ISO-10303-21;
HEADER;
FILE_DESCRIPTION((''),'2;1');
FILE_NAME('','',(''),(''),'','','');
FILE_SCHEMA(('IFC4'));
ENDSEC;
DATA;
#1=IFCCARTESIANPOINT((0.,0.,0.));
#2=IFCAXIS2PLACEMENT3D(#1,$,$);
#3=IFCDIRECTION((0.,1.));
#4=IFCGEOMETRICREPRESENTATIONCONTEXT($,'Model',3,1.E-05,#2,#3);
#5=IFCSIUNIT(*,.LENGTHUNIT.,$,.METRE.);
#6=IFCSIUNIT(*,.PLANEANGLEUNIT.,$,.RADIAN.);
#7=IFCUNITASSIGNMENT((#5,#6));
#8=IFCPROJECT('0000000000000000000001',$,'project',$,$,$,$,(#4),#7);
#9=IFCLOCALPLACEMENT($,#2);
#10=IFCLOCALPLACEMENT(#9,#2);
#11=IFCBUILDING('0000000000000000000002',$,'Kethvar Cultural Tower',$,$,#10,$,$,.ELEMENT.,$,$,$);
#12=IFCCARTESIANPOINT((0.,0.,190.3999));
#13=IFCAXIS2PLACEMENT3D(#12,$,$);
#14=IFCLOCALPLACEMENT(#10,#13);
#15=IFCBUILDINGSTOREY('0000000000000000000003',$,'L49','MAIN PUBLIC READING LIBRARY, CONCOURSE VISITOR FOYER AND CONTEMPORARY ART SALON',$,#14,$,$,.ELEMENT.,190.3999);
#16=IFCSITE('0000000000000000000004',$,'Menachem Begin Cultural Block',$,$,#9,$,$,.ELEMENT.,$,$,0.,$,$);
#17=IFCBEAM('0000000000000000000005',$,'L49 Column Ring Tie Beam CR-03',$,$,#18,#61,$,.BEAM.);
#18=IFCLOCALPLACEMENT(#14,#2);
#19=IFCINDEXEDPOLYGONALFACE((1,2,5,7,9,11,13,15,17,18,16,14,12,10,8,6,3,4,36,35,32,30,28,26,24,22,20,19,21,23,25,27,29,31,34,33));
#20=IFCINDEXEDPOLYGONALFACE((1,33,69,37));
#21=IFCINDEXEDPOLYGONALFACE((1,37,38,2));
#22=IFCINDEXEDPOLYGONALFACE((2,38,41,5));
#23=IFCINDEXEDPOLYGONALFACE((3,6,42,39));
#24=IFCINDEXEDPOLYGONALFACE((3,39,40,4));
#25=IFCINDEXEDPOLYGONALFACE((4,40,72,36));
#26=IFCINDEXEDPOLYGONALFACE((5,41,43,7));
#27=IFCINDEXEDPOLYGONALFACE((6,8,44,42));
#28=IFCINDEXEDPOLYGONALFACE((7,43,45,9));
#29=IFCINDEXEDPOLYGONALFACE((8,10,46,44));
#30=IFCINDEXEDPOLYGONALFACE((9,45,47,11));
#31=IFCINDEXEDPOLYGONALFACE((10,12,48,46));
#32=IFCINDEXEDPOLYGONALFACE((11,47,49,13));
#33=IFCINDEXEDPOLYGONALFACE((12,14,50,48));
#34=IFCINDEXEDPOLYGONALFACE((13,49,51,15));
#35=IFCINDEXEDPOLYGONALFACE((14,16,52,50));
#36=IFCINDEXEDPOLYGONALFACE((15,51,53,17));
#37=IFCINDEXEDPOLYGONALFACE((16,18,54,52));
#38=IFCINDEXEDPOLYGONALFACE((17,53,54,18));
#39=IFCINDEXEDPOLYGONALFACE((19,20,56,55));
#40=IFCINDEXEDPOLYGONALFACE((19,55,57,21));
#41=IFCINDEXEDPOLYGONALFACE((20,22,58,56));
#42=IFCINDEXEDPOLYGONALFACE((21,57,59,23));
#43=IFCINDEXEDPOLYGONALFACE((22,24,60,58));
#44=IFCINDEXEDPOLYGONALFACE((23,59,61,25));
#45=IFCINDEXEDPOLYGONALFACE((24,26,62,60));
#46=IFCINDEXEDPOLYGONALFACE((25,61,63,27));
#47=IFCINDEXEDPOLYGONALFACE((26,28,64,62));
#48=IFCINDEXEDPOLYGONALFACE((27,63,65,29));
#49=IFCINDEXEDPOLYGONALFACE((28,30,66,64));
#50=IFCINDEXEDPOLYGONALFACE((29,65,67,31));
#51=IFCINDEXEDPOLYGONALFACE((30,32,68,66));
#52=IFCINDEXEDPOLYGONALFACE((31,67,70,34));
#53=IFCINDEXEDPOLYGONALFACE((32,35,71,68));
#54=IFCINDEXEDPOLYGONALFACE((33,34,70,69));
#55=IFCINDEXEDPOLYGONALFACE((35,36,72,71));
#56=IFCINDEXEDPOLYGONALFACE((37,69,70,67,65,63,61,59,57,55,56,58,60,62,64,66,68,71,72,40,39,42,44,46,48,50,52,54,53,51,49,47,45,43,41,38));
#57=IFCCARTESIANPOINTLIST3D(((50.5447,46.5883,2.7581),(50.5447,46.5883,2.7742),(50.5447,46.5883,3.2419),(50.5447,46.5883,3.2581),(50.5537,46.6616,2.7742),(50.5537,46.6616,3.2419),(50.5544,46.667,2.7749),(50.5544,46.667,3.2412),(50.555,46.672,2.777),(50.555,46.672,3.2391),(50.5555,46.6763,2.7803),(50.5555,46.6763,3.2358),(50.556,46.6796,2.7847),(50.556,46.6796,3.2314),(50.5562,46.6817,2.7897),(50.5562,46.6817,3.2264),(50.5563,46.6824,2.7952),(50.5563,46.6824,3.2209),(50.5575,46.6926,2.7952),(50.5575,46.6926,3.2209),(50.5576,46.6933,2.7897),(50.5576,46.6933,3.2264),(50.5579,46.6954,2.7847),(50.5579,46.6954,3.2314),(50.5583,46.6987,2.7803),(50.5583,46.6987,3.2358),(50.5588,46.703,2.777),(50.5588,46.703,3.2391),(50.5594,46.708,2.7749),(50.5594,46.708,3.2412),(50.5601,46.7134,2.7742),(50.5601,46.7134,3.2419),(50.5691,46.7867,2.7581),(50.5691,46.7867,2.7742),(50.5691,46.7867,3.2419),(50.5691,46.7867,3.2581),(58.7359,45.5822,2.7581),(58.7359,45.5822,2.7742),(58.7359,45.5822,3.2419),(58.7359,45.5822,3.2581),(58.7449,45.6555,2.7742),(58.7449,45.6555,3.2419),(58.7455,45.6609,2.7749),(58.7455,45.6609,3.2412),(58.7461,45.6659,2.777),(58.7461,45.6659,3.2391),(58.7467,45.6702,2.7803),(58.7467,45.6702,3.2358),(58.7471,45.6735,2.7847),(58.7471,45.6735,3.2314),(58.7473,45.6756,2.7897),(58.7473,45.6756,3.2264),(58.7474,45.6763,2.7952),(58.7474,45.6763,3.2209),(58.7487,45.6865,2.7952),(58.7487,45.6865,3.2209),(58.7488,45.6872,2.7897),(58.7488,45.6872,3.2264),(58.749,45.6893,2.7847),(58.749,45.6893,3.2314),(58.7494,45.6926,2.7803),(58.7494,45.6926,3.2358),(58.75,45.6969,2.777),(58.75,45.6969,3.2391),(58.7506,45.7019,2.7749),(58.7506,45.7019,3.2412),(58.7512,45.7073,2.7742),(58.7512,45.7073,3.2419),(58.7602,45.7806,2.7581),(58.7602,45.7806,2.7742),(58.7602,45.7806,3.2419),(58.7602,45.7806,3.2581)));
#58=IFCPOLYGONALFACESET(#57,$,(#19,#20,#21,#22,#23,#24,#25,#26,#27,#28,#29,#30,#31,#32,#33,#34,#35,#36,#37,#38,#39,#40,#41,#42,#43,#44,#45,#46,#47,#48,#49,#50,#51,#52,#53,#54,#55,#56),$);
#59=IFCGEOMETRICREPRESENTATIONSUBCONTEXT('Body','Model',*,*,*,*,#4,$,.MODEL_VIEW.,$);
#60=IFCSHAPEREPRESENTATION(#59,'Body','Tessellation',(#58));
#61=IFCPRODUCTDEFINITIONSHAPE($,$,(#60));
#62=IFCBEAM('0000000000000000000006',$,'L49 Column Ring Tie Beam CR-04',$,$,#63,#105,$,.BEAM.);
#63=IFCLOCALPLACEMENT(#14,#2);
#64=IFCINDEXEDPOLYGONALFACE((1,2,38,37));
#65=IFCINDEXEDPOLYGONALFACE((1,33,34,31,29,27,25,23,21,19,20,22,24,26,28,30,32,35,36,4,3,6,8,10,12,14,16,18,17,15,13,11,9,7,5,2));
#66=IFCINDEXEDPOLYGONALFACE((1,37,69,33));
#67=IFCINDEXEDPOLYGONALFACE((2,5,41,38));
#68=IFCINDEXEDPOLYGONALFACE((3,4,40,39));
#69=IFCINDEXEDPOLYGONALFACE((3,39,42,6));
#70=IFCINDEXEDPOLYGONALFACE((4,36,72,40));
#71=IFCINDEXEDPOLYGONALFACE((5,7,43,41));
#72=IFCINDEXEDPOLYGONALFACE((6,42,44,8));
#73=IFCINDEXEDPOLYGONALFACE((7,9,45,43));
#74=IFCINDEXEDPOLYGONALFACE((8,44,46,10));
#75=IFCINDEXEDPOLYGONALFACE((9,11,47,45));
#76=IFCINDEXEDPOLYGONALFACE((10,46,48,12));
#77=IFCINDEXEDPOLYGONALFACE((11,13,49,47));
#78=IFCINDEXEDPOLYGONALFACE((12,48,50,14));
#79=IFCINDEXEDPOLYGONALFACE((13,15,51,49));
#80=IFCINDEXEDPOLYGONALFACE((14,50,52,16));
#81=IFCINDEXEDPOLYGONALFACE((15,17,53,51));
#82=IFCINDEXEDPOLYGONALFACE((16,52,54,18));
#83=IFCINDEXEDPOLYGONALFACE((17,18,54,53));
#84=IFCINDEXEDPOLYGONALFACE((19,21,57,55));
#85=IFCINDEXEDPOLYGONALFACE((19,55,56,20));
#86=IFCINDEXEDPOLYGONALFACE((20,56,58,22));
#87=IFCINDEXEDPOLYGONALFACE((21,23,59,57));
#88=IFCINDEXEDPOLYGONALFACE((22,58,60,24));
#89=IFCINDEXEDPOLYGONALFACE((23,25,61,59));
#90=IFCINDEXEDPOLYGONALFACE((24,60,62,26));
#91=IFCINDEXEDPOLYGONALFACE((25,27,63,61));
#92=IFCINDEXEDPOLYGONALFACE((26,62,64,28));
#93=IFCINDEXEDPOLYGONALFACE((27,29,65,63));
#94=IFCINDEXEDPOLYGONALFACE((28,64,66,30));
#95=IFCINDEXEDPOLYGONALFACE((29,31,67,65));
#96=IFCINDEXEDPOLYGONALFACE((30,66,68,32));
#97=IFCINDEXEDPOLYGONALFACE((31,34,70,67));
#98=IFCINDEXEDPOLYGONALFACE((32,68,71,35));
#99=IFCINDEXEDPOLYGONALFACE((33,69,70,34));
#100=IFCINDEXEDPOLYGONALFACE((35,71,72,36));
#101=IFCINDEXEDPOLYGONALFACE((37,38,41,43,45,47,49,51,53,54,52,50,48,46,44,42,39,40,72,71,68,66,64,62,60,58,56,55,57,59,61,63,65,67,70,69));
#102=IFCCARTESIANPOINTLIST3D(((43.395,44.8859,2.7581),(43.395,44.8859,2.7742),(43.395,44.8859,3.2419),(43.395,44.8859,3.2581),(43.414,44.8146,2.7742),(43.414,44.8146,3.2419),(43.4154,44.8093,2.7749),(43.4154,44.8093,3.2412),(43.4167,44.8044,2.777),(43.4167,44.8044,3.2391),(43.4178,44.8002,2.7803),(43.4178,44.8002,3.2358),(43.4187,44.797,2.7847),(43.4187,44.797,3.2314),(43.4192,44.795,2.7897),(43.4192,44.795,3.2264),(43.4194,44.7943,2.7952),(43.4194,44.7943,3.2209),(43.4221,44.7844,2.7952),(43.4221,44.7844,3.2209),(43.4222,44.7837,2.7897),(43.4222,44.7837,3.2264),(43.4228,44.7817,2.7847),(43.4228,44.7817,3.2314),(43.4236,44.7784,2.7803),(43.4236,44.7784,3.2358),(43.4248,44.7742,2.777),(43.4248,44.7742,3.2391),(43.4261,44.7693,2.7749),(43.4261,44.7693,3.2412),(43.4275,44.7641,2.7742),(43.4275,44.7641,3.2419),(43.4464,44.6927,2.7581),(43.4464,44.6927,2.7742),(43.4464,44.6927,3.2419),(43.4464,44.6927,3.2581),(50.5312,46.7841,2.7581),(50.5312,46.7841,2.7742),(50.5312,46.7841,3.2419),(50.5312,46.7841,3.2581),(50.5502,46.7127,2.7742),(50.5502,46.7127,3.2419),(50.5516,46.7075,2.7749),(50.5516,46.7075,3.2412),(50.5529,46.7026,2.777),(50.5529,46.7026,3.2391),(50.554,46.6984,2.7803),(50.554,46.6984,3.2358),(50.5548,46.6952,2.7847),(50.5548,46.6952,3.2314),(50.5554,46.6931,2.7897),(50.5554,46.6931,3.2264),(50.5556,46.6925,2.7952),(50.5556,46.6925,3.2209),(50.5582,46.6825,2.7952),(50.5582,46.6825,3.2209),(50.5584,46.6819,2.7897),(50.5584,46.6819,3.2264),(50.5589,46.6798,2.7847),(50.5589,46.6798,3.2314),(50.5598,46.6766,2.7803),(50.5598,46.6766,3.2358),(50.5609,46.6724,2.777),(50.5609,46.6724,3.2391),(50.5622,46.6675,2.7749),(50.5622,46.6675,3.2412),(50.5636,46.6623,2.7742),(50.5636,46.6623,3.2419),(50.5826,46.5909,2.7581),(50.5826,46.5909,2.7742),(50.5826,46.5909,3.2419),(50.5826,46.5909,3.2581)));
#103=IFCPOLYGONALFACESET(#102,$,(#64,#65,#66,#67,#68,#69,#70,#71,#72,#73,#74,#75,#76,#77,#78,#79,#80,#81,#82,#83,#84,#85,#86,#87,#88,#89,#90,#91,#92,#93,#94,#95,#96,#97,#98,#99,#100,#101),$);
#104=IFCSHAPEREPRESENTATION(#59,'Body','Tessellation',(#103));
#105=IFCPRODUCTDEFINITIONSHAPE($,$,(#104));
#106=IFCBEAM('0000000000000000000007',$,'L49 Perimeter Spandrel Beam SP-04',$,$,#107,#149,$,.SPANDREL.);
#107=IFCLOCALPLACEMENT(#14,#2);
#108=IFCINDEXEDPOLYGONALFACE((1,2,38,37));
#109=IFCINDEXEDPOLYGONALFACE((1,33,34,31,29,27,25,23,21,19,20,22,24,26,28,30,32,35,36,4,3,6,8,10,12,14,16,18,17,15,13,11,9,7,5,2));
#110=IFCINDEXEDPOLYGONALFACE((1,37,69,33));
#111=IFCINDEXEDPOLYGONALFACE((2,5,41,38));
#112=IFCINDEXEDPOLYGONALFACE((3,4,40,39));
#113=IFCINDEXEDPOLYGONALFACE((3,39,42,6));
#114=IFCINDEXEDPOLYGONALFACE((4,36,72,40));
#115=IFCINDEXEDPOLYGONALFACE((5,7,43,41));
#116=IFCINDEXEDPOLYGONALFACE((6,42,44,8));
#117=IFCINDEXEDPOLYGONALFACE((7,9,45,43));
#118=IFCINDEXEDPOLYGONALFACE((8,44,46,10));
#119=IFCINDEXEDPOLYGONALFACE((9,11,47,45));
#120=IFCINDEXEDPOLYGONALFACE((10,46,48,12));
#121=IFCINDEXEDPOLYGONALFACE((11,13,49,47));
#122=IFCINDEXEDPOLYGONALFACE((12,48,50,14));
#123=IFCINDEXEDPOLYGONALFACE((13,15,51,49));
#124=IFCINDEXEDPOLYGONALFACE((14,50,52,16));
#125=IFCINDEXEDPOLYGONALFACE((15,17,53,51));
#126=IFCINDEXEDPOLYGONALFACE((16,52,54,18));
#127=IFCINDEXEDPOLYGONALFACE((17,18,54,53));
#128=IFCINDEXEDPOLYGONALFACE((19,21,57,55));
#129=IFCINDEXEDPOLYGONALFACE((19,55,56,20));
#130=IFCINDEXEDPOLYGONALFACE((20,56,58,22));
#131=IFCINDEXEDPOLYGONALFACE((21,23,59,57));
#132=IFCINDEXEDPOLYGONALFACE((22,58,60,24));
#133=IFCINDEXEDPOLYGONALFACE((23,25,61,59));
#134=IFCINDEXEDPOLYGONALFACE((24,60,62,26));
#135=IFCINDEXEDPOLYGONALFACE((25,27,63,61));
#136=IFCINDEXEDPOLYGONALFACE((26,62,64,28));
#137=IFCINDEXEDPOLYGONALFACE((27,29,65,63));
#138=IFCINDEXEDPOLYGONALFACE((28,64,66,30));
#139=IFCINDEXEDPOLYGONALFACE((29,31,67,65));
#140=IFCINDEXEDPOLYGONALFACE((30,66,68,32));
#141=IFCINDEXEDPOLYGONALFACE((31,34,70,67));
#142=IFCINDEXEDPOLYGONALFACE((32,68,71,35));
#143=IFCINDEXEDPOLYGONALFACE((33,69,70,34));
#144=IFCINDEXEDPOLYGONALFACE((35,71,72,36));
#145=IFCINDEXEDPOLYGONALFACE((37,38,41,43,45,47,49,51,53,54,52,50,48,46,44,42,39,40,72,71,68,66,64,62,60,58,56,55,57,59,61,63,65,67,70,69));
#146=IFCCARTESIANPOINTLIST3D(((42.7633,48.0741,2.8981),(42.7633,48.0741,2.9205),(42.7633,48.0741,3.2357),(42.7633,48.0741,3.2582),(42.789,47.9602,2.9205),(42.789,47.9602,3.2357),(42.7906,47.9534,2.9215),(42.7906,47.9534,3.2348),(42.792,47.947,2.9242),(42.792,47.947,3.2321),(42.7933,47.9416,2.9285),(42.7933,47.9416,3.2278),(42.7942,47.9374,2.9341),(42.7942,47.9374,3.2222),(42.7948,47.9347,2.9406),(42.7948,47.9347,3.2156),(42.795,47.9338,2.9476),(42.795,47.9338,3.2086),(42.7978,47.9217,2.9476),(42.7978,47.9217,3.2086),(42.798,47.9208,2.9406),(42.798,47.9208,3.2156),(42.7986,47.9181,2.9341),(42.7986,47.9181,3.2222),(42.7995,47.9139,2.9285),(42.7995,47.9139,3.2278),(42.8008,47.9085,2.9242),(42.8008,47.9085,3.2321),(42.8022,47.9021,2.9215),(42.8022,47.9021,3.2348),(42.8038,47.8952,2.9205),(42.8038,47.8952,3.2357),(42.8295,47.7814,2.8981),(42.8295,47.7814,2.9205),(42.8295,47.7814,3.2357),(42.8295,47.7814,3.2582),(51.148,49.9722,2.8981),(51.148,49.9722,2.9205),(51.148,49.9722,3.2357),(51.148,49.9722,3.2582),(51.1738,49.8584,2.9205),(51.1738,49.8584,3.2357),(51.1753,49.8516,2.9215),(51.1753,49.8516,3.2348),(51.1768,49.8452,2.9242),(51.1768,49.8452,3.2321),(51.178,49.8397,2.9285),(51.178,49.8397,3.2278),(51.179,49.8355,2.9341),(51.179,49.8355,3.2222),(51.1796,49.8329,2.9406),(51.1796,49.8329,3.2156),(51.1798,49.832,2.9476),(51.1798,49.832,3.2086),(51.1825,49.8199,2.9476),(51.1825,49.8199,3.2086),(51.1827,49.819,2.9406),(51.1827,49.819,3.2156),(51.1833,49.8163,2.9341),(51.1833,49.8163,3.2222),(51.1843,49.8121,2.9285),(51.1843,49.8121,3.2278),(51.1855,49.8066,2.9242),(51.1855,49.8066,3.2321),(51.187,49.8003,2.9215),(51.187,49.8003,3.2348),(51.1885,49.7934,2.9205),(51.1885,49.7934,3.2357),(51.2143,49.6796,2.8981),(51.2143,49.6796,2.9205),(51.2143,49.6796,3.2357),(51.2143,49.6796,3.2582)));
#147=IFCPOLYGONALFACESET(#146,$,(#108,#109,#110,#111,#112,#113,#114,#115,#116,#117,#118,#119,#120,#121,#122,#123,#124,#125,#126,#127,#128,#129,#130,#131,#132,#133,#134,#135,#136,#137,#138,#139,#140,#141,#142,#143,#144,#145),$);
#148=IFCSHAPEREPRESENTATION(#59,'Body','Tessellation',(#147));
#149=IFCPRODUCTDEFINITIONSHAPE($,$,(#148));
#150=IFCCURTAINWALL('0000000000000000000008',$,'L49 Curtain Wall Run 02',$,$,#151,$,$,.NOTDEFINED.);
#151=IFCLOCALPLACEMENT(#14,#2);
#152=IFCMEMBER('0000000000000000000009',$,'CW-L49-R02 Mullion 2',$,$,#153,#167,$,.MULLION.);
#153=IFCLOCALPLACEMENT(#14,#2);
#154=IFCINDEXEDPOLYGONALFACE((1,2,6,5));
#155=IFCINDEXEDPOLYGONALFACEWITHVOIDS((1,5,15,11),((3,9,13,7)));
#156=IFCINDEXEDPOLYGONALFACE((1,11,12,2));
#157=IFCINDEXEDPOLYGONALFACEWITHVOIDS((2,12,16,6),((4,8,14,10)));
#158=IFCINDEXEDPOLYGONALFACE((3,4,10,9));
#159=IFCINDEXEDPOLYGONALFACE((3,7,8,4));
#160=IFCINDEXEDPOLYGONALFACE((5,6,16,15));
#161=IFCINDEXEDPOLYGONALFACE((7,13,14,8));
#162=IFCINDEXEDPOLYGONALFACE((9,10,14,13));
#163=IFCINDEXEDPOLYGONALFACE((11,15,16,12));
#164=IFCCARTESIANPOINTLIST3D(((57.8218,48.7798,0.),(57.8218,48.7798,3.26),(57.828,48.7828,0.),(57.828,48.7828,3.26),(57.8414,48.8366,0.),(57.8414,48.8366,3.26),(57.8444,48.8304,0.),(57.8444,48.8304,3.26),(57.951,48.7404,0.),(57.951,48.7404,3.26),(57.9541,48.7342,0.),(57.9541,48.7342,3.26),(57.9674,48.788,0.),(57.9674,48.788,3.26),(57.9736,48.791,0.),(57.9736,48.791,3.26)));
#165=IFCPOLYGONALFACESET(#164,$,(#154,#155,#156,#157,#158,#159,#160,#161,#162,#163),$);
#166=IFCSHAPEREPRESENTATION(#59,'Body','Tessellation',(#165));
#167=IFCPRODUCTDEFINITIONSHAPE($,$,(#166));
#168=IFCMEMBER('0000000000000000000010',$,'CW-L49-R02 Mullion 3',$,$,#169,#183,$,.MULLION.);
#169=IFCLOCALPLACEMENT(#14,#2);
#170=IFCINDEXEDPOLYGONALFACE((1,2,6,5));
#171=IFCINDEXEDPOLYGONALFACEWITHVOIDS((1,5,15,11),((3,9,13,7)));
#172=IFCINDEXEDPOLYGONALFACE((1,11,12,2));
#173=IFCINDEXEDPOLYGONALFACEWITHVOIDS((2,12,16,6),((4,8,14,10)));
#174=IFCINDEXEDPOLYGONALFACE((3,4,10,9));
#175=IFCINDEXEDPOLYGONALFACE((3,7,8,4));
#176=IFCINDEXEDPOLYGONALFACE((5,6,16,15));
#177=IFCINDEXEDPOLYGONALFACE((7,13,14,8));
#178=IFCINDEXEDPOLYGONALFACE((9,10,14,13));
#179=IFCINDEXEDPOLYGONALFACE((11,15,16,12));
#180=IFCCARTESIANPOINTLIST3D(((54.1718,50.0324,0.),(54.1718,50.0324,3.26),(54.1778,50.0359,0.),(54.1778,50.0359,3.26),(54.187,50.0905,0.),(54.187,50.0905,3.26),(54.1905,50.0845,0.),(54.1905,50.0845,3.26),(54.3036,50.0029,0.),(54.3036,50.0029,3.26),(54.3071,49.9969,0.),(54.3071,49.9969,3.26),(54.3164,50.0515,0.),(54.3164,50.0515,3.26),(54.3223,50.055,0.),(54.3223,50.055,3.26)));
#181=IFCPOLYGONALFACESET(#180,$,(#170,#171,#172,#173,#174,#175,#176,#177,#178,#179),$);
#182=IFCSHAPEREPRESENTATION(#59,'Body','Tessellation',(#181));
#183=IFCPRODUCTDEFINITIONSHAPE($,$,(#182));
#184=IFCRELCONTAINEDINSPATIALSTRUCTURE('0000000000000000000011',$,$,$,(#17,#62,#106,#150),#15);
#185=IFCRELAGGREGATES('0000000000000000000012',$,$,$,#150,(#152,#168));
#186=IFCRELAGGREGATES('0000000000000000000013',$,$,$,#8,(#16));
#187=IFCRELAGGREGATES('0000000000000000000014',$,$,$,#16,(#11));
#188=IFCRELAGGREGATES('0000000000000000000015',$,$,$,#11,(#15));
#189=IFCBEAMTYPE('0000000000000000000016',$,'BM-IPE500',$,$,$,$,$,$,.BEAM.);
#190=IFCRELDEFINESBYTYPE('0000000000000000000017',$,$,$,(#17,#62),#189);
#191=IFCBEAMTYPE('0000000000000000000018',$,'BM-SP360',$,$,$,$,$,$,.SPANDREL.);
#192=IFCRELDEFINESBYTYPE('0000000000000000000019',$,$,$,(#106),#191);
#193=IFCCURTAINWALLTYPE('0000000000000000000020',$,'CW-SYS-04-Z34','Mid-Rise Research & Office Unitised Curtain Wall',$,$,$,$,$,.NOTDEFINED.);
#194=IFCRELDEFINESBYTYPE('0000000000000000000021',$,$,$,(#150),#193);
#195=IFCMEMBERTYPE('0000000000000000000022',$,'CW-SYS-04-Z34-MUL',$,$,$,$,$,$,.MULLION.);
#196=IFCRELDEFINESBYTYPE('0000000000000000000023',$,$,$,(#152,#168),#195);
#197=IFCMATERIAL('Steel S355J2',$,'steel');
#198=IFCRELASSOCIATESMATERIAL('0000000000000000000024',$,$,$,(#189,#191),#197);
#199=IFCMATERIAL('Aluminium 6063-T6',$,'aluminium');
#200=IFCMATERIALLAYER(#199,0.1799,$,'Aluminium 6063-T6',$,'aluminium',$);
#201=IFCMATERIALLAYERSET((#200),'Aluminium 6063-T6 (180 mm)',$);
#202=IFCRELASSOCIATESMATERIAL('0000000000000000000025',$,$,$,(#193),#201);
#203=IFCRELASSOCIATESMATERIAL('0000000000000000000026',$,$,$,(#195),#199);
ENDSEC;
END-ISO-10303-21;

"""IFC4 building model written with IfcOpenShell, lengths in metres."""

from ifc_helpers import new_model, si_unit, direction, frame, origin, origin_2d, place, context, subcontext, project, spatial, hollow_rectangle, i_section, extrude, source, transform, mapped, material, layer, layer_set, material_profile, profile_set, type_object, element, aggregate, save


model = new_model("IFC4")

# Units and contexts
model_context = context("Model", 3, precision=1e-05, world=origin(), true_north=direction((0.0, 1.0)))
body_context = subcontext(model_context, "Body", "Model", "MODEL_VIEW")
ifc_project = project(units=[si_unit("LENGTHUNIT", "METRE"), si_unit("PLANEANGLEUNIT", "RADIAN")], contexts=[model_context])

# Site, building, storey
site_placement = place(None, origin())
site = spatial("IfcSite", under=ifc_project, at=site_placement, Name="Menachem Begin Cultural Block", CompositionType="ELEMENT", RefElevation=0.0)
building_placement = place(site_placement, origin())
building = spatial("IfcBuilding", under=site, at=building_placement, Name="Kethvar Cultural Tower", CompositionType="ELEMENT")
storey_placement = place(building_placement, frame((0.0, 0.0, 190.3999)))
storey = spatial("IfcBuildingStorey", under=building, at=storey_placement, Name="L49", Description="MAIN PUBLIC READING LIBRARY, CONCOURSE VISITOR FOYER AND CONTEMPORARY ART SALON", CompositionType="ELEMENT", Elevation=190.3999)

# Beams
ifc_material_1 = material(Name="Steel S355J2", Category="steel")
ifc_material_profile_1 = material_profile(ifc_material_1, i_section(OverallWidth=0.2, OverallDepth=0.5, WebThickness=0.0103, FlangeThickness=0.0161, FilletRadius=0.021, at=origin_2d()), Name="Steel S355J2 — IPE500")
ifc_profile_set_1 = profile_set([ifc_material_profile_1], Name="Steel S355J2 — IPE500")
beam_type_1 = type_object("IfcBeamType", Name="BM-IPE500", PredefinedType="BEAM", material=ifc_profile_set_1)
shared_shape_1 = source(origin(), body_context, "Body", "SweptSolid", [
    extrude(i_section(OverallWidth=0.2, OverallDepth=0.5, WebThickness=0.0103, FlangeThickness=0.0161, FilletRadius=0.021, at=origin_2d()), origin(), (0.0, 0.0, 1.0), 8.2527),
])
beam_1_placement = place(storey_placement, frame((58.748, 45.6814, 3.0081), z_axis=(-0.992541, 0.121912, 0.0), x_axis=(-0.121912, -0.992541, 0.0)))
element("IfcBeam", 1, at=beam_1_placement, inside=storey, type_object=beam_type_1, Name="L49 Column Ring Tie Beam CR-03", PredefinedType="BEAM", context=body_context, shape_type="MappedRepresentation", body=[
    mapped(shared_shape_1, transform((0.0, 0.0, 0.0), scale=1.0)),
])
shared_shape_2 = source(origin(), body_context, "Body", "SweptSolid", [
    extrude(i_section(OverallWidth=0.2, OverallDepth=0.5, WebThickness=0.0103, FlangeThickness=0.0161, FilletRadius=0.021, at=origin_2d()), origin(), (0.0, 0.0, 1.0), 7.3843),
])
beam_2_placement = place(storey_placement, frame((50.5569, 46.6875, 3.0081), z_axis=(-0.966397, -0.257056, 0.0), x_axis=(0.257056, -0.966397, 0.0)))
element("IfcBeam", 2, at=beam_2_placement, inside=storey, type_object=beam_type_1, Name="L49 Column Ring Tie Beam CR-04", PredefinedType="BEAM", context=body_context, shape_type="MappedRepresentation", body=[
    mapped(shared_shape_2, transform((0.0, 0.0, 0.0), scale=1.0)),
])
ifc_material_profile_2 = material_profile(ifc_material_1, i_section(OverallWidth=0.3, OverallDepth=0.3601, WebThickness=0.0125, FlangeThickness=0.0225, FilletRadius=0.0271, at=origin_2d()), Name="Steel S355J2 — HEB360")
ifc_profile_set_2 = profile_set([ifc_material_profile_2], Name="Steel S355J2 — HEB360")
beam_type_2 = type_object("IfcBeamType", Name="BM-SP360", PredefinedType="SPANDREL", material=ifc_profile_set_2)
shared_shape_3 = source(origin(), body_context, "Body", "SweptSolid", [
    extrude(i_section(OverallWidth=0.3, OverallDepth=0.3601, WebThickness=0.0125, FlangeThickness=0.0225, FilletRadius=0.0271, at=origin_2d()), origin(), (0.0, 0.0, 1.0), 8.5969),
])
beam_3_placement = place(storey_placement, frame((51.1812, 49.8259, 3.0781), z_axis=(-0.975319, -0.220799, 0.0), x_axis=(0.220799, -0.975319, 0.0)))
element("IfcBeam", 3, at=beam_3_placement, inside=storey, type_object=beam_type_2, Name="L49 Perimeter Spandrel Beam SP-04", PredefinedType="SPANDREL", context=body_context, shape_type="MappedRepresentation", body=[
    mapped(shared_shape_3, transform((0.0, 0.0, 0.0), scale=1.0)),
])

# Curtain wall, members
ifc_material_2 = material(Name="Aluminium 6063-T6", Category="aluminium")
ifc_layer_1 = layer(ifc_material_2, 0.1799, Name="Aluminium 6063-T6", Category="aluminium")
ifc_layer_set_1 = layer_set([ifc_layer_1], Name="Aluminium 6063-T6 (180 mm)")
curtain_wall_type = type_object("IfcCurtainWallType", Name="CW-SYS-04-Z34", Description="Mid-Rise Research & Office Unitised Curtain Wall", PredefinedType="NOTDEFINED", material=ifc_layer_set_1)
curtain_wall_placement = place(storey_placement, origin())
curtain_wall = element("IfcCurtainWall", 4, at=curtain_wall_placement, inside=storey, type_object=curtain_wall_type, Name="L49 Curtain Wall Run 02", PredefinedType="NOTDEFINED")
ifc_material_profile_3 = material_profile(ifc_material_2, hollow_rectangle(XDim=0.0601, YDim=0.1399, WallThickness=0.0049, at=origin_2d()), Name="Aluminium 6063-T6 — RHS140x60x5")
ifc_profile_set_3 = profile_set([ifc_material_profile_3], Name="Aluminium 6063-T6 — RHS140x60x5")
member_type_1 = type_object("IfcMemberType", Name="CW-SYS-04-Z34-MUL", PredefinedType="MULLION", material=ifc_profile_set_3)
shared_shape_4 = source(origin(), body_context, "Body", "SweptSolid", [
    extrude(hollow_rectangle(XDim=0.0601, YDim=0.1399, WallThickness=0.0049, at=origin_2d()), origin(), (0.0, 0.0, 1.0), 3.26),
])
member_1_placement = place(storey_placement, frame((57.8977, 48.7854, 0.0), z_axis=(0.0, 0.0, 1.0), x_axis=(-0.325799, -0.945439, 0.0)))
member_1 = element("IfcMember", 5, at=member_1_placement, type_object=member_type_1, Name="CW-L49-R02 Mullion 2", PredefinedType="MULLION", context=body_context, shape_type="MappedRepresentation", body=[
    mapped(shared_shape_4, transform((0.0, 0.0, 0.0), scale=1.0)),
])
member_2_placement = place(storey_placement, frame((54.2471, 50.0437, 0.0), z_axis=(0.0, 0.0, 1.0), x_axis=(-0.253403, -0.967361, 0.0)))
member_2 = element("IfcMember", 6, at=member_2_placement, type_object=member_type_1, Name="CW-L49-R02 Mullion 3", PredefinedType="MULLION", context=body_context, shape_type="MappedRepresentation", body=[
    mapped(shared_shape_4, transform((0.0, 0.0, 0.0), scale=1.0)),
])
aggregate(curtain_wall, [member_1, member_2])

save(model, "model.ifc")
